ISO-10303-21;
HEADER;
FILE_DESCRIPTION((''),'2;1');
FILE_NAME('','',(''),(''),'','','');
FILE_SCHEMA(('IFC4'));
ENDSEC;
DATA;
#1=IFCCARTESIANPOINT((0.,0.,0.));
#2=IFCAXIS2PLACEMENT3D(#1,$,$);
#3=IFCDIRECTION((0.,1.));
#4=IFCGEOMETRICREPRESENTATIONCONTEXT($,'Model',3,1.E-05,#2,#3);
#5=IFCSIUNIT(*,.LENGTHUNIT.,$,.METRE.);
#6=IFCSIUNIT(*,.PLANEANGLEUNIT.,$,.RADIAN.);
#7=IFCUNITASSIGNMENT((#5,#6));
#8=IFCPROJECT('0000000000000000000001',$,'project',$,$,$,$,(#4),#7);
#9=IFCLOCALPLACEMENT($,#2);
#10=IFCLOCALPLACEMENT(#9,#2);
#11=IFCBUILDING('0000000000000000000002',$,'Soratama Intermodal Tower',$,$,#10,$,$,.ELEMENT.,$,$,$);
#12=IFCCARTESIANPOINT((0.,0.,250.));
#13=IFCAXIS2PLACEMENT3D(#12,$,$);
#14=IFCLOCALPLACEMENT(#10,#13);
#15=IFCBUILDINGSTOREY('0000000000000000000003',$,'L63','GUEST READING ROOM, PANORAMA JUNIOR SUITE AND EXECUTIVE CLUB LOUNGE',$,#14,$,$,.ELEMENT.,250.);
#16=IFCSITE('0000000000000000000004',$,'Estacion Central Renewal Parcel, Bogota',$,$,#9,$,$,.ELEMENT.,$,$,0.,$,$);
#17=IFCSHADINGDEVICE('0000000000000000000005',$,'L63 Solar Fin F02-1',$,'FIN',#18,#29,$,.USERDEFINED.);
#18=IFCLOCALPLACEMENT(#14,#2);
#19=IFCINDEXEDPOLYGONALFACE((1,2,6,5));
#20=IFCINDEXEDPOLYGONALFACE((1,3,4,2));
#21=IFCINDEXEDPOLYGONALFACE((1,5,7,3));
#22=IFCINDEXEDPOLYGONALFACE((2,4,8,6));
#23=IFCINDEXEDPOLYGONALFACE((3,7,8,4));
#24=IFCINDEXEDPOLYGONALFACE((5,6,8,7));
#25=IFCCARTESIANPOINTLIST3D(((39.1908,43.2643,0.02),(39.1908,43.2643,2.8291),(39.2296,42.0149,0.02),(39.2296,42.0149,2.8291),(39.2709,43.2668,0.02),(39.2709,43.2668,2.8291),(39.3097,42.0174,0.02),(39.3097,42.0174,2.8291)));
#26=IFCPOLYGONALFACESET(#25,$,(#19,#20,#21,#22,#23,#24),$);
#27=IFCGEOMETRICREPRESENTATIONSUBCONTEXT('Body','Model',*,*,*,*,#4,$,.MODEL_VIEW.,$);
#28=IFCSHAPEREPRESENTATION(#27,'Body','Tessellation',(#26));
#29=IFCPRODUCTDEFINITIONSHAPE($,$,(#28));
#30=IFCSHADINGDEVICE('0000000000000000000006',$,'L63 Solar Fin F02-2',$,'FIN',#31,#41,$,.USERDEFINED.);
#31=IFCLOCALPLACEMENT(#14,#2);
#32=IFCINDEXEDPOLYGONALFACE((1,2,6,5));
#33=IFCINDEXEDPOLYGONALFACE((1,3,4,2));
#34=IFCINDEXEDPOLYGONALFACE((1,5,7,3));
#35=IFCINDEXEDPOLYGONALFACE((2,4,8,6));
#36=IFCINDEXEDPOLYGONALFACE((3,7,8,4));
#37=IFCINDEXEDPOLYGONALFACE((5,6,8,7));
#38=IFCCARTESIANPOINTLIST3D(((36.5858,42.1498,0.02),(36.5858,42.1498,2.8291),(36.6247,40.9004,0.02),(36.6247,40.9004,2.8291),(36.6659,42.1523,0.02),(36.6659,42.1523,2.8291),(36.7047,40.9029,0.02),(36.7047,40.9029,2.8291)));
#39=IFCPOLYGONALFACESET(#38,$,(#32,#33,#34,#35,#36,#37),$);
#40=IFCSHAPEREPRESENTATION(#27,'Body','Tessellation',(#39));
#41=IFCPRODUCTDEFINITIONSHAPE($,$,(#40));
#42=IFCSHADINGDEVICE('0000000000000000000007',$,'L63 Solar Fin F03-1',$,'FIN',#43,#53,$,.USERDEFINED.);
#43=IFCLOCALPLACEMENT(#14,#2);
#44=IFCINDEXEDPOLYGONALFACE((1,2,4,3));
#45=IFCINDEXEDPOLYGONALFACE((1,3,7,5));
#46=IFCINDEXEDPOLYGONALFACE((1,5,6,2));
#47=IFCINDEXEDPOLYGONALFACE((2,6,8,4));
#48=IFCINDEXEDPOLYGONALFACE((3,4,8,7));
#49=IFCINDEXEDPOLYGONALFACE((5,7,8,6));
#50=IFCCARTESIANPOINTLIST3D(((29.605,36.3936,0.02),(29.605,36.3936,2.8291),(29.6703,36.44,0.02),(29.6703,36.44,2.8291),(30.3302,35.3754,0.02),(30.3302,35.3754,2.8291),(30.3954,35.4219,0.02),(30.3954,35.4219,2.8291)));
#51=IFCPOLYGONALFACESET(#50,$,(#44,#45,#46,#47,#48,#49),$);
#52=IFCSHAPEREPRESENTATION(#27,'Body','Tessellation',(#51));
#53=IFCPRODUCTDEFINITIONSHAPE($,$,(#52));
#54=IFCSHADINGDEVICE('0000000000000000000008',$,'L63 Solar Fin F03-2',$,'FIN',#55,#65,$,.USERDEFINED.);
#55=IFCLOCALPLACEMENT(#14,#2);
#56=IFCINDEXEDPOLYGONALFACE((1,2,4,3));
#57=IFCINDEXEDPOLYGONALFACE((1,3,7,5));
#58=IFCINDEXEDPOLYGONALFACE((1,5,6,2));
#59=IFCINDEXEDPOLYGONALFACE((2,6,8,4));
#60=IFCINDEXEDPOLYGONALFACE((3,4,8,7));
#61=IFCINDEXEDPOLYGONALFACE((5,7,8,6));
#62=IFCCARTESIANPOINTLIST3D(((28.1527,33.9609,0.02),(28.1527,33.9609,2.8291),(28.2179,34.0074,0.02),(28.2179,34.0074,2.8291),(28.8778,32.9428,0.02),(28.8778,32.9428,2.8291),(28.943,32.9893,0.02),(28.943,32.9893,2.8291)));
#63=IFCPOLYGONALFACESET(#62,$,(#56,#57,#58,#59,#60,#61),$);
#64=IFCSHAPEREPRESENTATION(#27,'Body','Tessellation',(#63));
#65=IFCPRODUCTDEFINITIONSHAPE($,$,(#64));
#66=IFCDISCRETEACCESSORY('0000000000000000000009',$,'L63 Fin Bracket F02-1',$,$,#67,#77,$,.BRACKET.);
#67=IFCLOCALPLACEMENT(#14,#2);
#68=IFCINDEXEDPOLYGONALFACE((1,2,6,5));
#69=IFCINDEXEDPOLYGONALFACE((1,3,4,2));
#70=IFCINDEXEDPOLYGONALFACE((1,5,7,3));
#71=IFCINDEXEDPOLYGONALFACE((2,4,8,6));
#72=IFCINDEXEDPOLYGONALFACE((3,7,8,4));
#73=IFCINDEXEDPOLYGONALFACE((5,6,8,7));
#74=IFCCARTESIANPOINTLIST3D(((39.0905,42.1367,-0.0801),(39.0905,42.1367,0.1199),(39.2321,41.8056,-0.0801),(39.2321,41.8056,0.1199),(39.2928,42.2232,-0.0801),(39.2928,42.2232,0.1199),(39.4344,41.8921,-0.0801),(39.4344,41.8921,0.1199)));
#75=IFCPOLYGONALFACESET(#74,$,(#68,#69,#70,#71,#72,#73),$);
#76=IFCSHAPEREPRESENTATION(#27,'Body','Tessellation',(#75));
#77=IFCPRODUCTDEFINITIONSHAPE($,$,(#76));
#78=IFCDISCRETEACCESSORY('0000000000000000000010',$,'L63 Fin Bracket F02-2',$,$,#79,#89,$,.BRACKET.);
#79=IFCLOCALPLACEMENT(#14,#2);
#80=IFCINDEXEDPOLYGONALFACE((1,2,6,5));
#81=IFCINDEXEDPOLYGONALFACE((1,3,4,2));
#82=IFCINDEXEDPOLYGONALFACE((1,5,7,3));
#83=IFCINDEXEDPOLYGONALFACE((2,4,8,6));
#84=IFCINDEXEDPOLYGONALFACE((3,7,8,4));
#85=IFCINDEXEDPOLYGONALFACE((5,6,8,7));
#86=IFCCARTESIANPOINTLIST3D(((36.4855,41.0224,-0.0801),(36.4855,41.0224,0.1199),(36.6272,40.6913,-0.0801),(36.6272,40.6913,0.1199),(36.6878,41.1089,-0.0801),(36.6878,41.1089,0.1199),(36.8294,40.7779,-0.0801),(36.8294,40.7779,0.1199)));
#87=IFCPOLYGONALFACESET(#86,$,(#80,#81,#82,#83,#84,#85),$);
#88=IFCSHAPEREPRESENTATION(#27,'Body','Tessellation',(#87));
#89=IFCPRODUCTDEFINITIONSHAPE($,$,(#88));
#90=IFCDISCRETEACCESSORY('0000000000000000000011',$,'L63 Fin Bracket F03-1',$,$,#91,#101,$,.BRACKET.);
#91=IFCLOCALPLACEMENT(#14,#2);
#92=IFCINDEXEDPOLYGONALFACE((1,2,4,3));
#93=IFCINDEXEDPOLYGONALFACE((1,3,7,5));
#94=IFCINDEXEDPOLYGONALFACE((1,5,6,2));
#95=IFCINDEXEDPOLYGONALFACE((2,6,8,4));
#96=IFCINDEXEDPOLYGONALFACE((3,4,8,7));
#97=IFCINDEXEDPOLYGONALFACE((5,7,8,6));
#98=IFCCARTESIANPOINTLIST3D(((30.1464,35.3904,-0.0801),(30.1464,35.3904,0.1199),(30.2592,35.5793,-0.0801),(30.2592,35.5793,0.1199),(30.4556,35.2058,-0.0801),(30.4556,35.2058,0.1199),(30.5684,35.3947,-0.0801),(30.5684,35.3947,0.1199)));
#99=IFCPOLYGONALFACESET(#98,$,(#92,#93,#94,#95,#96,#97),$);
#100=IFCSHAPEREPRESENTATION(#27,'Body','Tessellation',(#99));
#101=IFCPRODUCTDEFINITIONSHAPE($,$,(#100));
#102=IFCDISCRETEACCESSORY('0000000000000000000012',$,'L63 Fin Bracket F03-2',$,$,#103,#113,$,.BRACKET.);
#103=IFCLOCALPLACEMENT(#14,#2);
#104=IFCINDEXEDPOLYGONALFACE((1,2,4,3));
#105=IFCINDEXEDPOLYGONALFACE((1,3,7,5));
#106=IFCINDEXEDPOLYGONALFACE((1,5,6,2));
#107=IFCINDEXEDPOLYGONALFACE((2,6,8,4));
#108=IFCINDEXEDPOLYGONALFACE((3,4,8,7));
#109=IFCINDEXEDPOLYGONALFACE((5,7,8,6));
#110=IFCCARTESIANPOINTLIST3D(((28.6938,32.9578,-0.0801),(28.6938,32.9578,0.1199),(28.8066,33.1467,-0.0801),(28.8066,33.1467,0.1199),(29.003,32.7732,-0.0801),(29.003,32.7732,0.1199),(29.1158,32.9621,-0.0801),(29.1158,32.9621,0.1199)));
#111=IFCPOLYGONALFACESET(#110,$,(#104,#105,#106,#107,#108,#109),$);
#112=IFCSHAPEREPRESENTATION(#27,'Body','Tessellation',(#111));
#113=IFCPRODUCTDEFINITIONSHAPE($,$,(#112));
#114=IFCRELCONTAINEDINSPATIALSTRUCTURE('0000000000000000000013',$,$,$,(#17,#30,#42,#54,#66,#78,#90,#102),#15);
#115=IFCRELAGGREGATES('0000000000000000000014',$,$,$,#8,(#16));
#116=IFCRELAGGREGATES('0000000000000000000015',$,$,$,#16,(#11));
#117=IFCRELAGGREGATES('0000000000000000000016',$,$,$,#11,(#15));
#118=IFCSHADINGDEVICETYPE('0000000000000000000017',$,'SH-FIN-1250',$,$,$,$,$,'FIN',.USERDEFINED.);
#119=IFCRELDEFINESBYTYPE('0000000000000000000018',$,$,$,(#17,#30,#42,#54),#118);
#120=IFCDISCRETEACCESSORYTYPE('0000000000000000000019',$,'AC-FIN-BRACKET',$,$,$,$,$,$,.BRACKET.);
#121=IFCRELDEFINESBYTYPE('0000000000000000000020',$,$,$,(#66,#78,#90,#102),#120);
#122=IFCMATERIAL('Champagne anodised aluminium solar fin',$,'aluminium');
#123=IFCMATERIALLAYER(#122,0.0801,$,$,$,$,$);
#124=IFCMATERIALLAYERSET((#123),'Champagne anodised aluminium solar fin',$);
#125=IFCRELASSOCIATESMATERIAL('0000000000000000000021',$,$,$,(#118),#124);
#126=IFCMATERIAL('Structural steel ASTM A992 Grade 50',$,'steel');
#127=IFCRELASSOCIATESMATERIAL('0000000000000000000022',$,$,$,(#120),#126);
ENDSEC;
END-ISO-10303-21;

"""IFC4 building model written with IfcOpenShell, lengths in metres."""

from ifc_helpers import new_model, si_unit, direction, frame, origin, origin_2d, place, context, subcontext, project, spatial, rectangle, extrude, material, layer, layer_set, type_object, element, save


model = new_model("IFC4")

# Units and contexts
model_context = context("Model", 3, precision=1e-05, world=origin(), true_north=direction((0.0, 1.0)))
body_context = subcontext(model_context, "Body", "Model", "MODEL_VIEW")
ifc_project = project(units=[si_unit("LENGTHUNIT", "METRE"), si_unit("PLANEANGLEUNIT", "RADIAN")], contexts=[model_context])

# Site, building, storey
site_placement = place(None, origin())
site = spatial("IfcSite", under=ifc_project, at=site_placement, Name="Estacion Central Renewal Parcel, Bogota", CompositionType="ELEMENT", RefElevation=0.0)
building_placement = place(site_placement, origin())
building = spatial("IfcBuilding", under=site, at=building_placement, Name="Soratama Intermodal Tower", CompositionType="ELEMENT")
storey_placement = place(building_placement, frame((0.0, 0.0, 250.0)))
storey = spatial("IfcBuildingStorey", under=building, at=storey_placement, Name="L63", Description="GUEST READING ROOM, PANORAMA JUNIOR SUITE AND EXECUTIVE CLUB LOUNGE", CompositionType="ELEMENT", Elevation=250.0)

# Shading devices
ifc_material_1 = material(Name="Champagne anodised aluminium solar fin", Category="aluminium")
ifc_layer_1 = layer(ifc_material_1, 0.0801)
ifc_layer_set_1 = layer_set([ifc_layer_1], Name="Champagne anodised aluminium solar fin")
shading_device_type = type_object("IfcShadingDeviceType", Name="SH-FIN-1250", ElementType="FIN", PredefinedType="USERDEFINED", material=ifc_layer_set_1)
for number, where, z_axis, x_axis, name in (
    (1, (39.2502, 42.6409, 0.02), (0.0, 0.0, 1.0), (-0.031062, 0.999517, 0.0), "L63 Solar Fin F02-1"),
    (2, (36.6453, 41.5264, 0.02), (0.0, 0.0, 1.0), (-0.031062, 0.999517, 0.0), "L63 Solar Fin F02-2"),
    (3, (30.0002, 35.9077, 0.02), (0.0, 0.0, 1.0), (-0.580134, 0.814521, 0.0), "L63 Solar Fin F03-1"),
    (4, (28.5479, 33.4751, 0.02), (0.0, 0.0, 1.0), (-0.580134, 0.814521, 0.0), "L63 Solar Fin F03-2"),
):
    element("IfcShadingDevice", number, at=place(storey_placement, frame(where, z_axis=z_axis, x_axis=x_axis)), inside=storey, type_object=shading_device_type, Name=name, ObjectType="FIN", PredefinedType="USERDEFINED", context=body_context, shape_type="SweptSolid", body=[
        extrude(rectangle(XDim=1.25, YDim=0.0801, at=origin_2d()), origin(), (0.0, 0.0, 1.0), 2.8091),
    ])

# Discrete accessories
ifc_material_2 = material(Name="Structural steel ASTM A992 Grade 50", Category="steel")
discrete_accessory_type = type_object("IfcDiscreteAccessoryType", Name="AC-FIN-BRACKET", PredefinedType="BRACKET", material=ifc_material_2)
for number, where, z_axis, x_axis, name in (
    (5, (39.2625, 42.0144, -0.0801), (0.0, 0.0, 1.0), (-0.3933, 0.91941, 0.0), "L63 Fin Bracket F02-1"),
    (6, (36.6575, 40.9001, -0.0801), (0.0, 0.0, 1.0), (-0.3933, 0.91941, 0.0), "L63 Fin Bracket F02-2"),
    (7, (30.3574, 35.3926, -0.0801), (0.0, 0.0, 1.0), (-0.858602, 0.512642, 0.0), "L63 Fin Bracket F03-1"),
    (8, (28.9048, 32.96, -0.0801), (0.0, 0.0, 1.0), (-0.858602, 0.512642, 0.0), "L63 Fin Bracket F03-2"),
):
    element("IfcDiscreteAccessory", number, at=place(storey_placement, frame(where, z_axis=z_axis, x_axis=x_axis)), inside=storey, type_object=discrete_accessory_type, Name=name, PredefinedType="BRACKET", context=body_context, shape_type="SweptSolid", body=[
        extrude(rectangle(XDim=0.3601, YDim=0.22, at=origin_2d()), origin(), (0.0, 0.0, 1.0), 0.2),
    ])

save(model, "model.ifc")
